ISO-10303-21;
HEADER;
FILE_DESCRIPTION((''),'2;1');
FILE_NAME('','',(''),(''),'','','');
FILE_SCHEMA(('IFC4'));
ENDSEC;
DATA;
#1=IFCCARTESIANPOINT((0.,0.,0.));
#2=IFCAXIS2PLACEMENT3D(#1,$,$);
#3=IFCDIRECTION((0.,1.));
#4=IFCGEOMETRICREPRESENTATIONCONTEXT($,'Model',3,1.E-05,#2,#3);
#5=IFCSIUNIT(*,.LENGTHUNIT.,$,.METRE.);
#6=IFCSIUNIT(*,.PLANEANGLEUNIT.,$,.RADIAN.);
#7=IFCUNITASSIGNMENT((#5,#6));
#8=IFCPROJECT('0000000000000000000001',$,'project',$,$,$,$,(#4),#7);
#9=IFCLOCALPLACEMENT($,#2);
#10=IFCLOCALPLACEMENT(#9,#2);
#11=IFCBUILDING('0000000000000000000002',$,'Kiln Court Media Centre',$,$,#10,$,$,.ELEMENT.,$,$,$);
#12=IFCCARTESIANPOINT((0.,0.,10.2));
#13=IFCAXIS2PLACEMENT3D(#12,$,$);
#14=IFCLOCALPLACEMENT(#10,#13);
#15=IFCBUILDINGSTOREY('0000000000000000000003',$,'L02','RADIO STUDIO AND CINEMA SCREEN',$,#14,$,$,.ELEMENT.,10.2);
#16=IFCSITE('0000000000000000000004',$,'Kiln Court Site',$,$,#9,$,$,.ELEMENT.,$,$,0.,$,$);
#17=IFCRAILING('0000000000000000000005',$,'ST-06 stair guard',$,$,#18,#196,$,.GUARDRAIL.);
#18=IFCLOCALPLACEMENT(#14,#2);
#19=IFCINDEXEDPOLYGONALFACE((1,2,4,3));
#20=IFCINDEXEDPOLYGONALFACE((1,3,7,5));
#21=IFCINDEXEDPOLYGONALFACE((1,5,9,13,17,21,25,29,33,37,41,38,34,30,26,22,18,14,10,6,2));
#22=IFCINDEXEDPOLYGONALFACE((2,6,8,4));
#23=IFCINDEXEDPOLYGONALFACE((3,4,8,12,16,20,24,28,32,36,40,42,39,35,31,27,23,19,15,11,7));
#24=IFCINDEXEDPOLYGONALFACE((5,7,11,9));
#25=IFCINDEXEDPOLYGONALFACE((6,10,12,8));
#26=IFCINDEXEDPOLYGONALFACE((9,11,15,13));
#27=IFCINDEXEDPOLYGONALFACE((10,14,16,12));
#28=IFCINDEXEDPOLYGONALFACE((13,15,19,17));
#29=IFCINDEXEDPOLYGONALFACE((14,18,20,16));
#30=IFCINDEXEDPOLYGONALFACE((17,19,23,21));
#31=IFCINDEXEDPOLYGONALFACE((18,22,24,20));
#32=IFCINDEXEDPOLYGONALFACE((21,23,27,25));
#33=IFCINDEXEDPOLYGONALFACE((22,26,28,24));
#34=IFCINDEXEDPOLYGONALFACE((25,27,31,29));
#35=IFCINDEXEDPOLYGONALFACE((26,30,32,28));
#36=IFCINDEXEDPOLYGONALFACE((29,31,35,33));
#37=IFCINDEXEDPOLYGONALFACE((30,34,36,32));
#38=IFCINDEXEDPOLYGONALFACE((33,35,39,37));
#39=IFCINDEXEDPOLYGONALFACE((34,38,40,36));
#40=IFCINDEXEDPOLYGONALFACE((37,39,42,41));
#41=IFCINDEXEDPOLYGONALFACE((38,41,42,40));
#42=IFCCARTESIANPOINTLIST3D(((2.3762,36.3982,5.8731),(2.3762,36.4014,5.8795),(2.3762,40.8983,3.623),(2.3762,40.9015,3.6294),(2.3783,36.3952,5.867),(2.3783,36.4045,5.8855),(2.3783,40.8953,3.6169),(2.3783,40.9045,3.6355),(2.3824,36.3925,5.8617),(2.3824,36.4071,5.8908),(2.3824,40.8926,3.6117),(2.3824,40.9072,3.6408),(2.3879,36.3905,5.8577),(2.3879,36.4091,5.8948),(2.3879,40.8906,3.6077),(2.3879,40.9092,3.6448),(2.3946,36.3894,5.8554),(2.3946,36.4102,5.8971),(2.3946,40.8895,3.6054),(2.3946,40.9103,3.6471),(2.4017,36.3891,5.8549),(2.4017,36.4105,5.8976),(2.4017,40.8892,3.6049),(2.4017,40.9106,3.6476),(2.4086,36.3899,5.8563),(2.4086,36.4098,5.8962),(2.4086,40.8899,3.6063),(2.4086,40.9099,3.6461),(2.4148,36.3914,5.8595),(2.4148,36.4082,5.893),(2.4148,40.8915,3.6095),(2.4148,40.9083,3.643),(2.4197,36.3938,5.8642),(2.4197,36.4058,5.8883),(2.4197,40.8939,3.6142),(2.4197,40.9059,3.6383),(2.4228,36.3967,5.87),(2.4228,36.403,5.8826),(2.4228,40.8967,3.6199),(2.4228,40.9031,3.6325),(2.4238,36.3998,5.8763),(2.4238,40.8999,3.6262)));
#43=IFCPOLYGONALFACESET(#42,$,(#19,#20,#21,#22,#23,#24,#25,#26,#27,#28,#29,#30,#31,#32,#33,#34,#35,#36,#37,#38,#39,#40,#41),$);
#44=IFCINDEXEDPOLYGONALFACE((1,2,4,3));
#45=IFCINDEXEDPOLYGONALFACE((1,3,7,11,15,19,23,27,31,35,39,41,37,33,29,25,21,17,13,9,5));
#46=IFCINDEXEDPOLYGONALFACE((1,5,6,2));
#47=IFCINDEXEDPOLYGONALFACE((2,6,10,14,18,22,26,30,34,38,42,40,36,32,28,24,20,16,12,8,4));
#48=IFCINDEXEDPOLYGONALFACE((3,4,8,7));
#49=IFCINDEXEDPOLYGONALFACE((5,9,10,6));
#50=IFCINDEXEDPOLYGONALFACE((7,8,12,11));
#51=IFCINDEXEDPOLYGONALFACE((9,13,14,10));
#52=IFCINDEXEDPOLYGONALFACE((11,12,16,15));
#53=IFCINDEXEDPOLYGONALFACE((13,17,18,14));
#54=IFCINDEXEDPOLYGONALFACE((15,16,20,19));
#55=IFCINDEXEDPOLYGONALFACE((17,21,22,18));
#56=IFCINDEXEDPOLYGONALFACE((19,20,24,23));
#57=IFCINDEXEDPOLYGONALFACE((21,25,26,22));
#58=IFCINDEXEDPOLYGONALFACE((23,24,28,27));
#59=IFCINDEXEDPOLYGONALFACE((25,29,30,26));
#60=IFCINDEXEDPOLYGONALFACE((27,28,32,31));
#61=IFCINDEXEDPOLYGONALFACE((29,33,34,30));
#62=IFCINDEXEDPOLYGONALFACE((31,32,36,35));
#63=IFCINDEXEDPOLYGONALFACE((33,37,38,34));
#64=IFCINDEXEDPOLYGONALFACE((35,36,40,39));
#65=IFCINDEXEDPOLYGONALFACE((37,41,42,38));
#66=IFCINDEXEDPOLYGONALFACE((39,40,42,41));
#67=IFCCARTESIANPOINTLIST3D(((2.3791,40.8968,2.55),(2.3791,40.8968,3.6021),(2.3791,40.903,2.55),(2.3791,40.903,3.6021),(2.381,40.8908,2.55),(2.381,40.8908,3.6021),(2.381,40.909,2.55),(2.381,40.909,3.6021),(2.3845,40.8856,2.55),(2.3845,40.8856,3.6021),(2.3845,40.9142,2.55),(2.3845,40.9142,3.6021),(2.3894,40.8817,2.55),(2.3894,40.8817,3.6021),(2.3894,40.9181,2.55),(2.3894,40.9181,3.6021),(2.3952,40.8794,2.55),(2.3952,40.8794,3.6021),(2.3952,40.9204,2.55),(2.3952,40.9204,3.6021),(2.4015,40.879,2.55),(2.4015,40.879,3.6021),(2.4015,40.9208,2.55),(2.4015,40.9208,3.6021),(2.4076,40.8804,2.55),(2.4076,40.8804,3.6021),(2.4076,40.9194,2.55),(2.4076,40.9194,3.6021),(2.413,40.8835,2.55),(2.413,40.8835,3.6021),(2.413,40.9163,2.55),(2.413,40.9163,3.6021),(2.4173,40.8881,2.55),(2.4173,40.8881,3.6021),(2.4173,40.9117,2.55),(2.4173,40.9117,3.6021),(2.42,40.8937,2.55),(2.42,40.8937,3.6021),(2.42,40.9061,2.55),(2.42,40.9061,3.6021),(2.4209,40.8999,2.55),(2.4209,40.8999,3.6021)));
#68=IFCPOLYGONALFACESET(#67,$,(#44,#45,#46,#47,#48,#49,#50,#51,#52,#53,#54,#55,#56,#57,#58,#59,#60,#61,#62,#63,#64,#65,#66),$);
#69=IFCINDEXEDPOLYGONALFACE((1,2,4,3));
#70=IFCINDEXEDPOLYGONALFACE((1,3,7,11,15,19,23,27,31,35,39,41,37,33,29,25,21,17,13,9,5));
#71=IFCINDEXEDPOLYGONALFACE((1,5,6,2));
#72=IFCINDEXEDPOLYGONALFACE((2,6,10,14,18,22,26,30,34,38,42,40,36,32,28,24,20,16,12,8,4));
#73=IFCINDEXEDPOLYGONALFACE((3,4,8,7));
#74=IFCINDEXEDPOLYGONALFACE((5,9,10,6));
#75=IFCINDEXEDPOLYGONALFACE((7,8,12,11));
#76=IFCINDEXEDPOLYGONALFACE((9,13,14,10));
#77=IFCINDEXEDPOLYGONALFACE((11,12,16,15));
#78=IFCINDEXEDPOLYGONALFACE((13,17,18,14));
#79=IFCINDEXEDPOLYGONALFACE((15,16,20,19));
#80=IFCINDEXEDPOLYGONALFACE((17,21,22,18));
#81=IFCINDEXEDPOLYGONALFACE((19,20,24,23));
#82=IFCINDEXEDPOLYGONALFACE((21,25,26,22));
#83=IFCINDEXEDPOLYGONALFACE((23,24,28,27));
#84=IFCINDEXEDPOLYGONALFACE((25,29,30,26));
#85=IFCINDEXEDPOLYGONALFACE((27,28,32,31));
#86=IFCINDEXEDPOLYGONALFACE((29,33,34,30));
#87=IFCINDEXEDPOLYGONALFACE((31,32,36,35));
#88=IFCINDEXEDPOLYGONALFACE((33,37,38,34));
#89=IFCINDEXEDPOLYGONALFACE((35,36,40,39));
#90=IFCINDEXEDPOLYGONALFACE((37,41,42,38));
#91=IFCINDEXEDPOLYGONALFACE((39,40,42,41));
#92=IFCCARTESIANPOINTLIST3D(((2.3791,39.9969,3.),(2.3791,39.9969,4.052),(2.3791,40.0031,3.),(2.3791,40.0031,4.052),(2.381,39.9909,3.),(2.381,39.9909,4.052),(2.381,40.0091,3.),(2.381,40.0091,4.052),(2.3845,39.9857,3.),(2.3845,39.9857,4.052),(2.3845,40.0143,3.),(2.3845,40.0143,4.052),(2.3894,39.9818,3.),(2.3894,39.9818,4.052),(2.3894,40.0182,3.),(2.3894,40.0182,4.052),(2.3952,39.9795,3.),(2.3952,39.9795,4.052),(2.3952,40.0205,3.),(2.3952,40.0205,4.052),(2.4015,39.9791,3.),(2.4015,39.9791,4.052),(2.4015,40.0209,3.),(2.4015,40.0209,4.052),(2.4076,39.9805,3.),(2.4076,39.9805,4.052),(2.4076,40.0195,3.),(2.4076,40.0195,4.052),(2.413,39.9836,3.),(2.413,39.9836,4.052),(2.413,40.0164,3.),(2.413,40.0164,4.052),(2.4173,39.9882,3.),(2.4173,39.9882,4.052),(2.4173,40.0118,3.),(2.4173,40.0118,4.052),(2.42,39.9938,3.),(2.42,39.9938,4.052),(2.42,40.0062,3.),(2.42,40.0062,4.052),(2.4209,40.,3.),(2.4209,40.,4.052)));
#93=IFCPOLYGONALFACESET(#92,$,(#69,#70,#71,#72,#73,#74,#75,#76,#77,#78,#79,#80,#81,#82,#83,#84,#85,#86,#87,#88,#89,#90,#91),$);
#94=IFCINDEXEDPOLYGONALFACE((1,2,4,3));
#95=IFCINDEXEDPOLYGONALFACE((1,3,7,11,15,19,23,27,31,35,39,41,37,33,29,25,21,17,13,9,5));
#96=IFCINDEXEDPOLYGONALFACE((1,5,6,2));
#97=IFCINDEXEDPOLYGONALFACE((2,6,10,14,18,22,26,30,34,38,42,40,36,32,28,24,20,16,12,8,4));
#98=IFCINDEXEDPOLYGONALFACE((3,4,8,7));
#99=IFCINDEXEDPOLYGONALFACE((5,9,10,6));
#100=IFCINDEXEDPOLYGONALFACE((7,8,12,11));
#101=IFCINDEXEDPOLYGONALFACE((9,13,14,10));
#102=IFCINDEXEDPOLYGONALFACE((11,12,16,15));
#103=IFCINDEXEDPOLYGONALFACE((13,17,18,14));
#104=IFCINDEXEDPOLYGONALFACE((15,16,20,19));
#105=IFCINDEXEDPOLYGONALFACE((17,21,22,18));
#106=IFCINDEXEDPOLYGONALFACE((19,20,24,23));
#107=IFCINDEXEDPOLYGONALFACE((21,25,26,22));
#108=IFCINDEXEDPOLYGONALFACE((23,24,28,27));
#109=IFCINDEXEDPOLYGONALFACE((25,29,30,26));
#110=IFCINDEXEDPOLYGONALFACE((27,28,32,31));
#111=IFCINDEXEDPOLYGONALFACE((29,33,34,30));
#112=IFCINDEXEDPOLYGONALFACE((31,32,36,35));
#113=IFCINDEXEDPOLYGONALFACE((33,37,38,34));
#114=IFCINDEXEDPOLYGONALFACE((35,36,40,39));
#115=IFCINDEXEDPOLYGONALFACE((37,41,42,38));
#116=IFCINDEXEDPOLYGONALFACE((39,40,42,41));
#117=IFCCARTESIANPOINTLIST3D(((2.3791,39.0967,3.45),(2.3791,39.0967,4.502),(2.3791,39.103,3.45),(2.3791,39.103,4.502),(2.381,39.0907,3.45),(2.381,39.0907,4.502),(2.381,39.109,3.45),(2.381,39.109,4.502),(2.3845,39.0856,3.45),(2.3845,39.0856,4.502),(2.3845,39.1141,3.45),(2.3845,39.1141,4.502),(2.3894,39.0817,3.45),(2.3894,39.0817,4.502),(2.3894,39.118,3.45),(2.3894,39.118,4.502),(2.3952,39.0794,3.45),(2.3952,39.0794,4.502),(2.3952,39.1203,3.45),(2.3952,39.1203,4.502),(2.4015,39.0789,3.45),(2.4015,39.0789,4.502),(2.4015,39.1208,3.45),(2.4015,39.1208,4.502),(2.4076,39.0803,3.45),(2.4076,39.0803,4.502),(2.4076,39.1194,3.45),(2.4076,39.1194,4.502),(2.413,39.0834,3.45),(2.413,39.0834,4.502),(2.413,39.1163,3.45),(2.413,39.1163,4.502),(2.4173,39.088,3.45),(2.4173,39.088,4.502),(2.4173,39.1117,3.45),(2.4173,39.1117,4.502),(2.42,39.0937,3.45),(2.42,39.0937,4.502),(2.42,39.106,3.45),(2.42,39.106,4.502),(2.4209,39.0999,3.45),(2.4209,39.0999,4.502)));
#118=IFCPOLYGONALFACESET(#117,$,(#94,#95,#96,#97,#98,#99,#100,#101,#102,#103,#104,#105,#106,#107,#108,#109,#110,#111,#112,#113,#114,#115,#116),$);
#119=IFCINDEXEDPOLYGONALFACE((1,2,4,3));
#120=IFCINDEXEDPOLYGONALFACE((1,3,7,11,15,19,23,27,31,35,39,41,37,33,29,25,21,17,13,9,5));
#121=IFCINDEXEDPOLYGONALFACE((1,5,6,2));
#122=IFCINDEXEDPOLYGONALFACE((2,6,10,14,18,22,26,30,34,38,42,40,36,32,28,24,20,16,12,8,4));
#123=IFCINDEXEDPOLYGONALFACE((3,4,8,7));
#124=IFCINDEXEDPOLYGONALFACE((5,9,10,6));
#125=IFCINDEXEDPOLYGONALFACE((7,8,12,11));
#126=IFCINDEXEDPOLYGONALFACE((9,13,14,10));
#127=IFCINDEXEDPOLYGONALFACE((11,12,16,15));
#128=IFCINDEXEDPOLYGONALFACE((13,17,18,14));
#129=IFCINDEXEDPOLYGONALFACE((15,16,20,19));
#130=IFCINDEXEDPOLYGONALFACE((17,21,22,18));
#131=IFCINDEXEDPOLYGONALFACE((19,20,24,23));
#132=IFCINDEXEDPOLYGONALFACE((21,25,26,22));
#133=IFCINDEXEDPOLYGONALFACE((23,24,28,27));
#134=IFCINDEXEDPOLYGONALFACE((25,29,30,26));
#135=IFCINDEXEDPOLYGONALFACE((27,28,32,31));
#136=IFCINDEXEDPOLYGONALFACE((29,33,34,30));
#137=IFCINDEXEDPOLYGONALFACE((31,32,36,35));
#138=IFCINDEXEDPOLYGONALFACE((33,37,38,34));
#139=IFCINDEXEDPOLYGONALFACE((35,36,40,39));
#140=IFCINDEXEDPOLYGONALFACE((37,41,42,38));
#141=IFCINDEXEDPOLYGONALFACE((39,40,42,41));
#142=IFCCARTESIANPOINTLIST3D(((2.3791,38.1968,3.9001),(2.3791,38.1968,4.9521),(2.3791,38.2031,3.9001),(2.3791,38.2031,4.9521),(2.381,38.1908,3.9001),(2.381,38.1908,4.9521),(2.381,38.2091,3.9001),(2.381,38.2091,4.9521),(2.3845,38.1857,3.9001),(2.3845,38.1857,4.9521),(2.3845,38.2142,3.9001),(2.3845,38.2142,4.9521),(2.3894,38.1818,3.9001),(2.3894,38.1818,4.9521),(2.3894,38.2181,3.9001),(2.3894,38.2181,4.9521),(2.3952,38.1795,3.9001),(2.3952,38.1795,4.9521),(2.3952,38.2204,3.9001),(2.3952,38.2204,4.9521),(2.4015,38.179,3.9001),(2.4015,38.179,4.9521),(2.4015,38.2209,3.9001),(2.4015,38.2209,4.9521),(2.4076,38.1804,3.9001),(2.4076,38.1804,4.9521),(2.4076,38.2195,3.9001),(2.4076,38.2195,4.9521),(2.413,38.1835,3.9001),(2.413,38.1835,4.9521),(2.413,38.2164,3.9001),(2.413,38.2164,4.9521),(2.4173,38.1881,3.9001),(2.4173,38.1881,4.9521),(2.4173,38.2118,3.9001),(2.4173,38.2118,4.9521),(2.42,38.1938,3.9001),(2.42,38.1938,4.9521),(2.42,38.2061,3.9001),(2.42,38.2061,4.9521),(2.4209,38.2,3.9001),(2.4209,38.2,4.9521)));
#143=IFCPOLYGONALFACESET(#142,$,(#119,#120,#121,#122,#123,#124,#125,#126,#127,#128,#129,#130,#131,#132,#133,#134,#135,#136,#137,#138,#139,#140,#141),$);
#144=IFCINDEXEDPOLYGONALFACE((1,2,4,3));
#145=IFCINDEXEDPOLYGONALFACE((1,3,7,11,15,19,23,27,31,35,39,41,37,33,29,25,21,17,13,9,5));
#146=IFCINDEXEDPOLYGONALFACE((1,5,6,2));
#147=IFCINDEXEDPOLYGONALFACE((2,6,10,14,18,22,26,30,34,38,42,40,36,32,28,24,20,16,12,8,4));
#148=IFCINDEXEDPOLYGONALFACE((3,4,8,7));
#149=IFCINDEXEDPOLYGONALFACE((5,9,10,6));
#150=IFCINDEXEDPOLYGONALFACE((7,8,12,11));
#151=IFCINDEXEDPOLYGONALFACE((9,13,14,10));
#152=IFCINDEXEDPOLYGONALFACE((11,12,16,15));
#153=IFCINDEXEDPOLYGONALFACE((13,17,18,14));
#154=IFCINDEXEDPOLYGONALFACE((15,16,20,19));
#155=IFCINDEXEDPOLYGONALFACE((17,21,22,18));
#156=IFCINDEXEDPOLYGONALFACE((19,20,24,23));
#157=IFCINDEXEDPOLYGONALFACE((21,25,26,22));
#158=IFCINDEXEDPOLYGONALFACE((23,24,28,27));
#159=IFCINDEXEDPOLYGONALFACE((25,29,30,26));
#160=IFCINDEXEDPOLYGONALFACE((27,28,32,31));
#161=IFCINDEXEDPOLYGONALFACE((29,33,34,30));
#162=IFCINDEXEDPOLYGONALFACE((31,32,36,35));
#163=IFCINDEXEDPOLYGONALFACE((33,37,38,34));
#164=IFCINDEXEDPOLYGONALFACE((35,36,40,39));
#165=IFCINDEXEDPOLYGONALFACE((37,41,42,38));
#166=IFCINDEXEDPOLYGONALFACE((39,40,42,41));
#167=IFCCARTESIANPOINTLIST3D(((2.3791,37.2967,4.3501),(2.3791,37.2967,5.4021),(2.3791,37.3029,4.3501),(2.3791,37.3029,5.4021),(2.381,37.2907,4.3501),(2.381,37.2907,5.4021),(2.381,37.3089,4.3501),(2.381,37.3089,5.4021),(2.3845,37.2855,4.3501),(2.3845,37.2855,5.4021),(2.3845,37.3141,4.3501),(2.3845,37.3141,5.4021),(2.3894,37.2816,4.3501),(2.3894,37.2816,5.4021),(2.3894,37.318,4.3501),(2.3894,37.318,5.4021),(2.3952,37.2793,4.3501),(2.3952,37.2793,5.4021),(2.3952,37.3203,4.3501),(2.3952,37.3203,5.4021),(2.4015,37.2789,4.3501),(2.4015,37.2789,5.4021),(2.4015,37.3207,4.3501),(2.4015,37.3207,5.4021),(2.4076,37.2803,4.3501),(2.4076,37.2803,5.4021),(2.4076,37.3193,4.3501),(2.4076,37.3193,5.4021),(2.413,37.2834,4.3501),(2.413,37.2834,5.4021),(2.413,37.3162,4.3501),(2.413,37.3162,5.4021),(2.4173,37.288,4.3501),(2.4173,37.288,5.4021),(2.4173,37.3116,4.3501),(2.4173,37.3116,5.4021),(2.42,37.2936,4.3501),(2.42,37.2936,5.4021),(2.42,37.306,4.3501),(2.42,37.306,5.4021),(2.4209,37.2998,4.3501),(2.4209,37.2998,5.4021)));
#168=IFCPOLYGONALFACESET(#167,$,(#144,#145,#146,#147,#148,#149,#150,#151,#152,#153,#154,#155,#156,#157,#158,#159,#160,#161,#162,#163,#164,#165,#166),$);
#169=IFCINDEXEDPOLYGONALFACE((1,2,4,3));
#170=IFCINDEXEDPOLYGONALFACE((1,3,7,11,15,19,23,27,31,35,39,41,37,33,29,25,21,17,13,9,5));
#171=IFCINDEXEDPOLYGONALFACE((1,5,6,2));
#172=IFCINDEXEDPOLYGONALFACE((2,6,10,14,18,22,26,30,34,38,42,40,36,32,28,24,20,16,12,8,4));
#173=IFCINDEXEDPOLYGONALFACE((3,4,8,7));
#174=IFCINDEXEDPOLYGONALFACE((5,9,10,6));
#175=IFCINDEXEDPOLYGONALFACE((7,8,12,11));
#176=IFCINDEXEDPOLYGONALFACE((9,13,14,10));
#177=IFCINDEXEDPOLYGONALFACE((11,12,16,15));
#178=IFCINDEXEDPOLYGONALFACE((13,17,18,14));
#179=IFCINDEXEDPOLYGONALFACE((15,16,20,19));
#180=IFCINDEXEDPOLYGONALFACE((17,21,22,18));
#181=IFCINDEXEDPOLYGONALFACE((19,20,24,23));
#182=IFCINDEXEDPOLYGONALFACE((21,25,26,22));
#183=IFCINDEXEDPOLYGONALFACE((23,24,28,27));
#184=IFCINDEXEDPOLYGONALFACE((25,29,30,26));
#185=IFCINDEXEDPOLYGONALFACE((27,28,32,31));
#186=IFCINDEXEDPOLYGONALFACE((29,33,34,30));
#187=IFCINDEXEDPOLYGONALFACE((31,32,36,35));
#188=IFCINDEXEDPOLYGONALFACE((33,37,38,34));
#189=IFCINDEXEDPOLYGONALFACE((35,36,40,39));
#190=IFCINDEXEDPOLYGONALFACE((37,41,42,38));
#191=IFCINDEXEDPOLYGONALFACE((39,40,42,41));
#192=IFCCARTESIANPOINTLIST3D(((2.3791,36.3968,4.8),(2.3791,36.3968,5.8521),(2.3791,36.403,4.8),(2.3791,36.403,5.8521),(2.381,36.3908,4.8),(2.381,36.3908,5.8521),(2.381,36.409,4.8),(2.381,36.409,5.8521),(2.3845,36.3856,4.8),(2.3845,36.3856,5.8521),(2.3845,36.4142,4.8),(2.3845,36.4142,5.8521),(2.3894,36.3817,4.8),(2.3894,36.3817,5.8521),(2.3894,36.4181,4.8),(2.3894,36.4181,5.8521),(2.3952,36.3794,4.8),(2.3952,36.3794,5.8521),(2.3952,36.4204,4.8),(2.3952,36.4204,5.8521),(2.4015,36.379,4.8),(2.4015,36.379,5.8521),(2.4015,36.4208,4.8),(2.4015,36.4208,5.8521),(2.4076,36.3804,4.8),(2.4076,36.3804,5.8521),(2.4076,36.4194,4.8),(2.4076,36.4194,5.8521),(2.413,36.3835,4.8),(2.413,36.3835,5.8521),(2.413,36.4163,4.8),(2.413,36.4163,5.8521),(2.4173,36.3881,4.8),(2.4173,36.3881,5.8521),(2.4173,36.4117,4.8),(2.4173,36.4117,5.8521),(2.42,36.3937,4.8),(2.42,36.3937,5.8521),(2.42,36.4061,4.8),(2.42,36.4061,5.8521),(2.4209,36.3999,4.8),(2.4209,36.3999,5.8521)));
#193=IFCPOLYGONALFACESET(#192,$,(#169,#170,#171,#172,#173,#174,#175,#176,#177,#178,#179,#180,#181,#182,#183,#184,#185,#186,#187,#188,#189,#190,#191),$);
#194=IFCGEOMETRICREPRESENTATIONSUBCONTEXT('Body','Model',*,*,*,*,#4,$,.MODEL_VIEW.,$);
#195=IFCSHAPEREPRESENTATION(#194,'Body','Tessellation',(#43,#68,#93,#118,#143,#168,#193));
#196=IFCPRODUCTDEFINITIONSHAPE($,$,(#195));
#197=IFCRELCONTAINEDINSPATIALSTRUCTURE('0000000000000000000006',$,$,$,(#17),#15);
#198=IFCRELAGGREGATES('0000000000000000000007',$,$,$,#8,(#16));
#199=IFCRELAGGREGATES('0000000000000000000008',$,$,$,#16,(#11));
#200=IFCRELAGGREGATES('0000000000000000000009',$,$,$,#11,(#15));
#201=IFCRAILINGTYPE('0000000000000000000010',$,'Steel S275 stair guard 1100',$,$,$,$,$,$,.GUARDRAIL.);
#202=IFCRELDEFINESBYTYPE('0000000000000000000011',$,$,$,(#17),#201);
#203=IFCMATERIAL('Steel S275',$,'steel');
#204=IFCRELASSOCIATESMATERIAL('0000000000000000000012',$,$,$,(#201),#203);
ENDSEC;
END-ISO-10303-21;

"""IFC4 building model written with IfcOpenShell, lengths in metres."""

from ifc_helpers import new_model, si_unit, direction, frame, origin, origin_2d, place, context, subcontext, project, spatial, circle, extrude, material, type_object, element, save


model = new_model("IFC4")

# Units and contexts
model_context = context("Model", 3, precision=1e-05, world=origin(), true_north=direction((0.0, 1.0)))
body_context = subcontext(model_context, "Body", "Model", "MODEL_VIEW")
ifc_project = project(units=[si_unit("LENGTHUNIT", "METRE"), si_unit("PLANEANGLEUNIT", "RADIAN")], contexts=[model_context])

# Site, building, storey
site_placement = place(None, origin())
site = spatial("IfcSite", under=ifc_project, at=site_placement, Name="Kiln Court Site", CompositionType="ELEMENT", RefElevation=0.0)
building_placement = place(site_placement, origin())
building = spatial("IfcBuilding", under=site, at=building_placement, Name="Kiln Court Media Centre", CompositionType="ELEMENT")
storey_placement = place(building_placement, frame((0.0, 0.0, 10.2)))
storey = spatial("IfcBuildingStorey", under=building, at=storey_placement, Name="L02", Description="RADIO STUDIO AND CINEMA SCREEN", CompositionType="ELEMENT", Elevation=10.2)

# Railing
ifc_material_1 = material(Name="Steel S275", Category="steel")
railing_type_1 = type_object("IfcRailingType", Name="Steel S275 stair guard 1100", PredefinedType="GUARDRAIL", material=ifc_material_1)
railing_1_placement = place(storey_placement, frame((2.3999, 40.8999, 2.55)))
element("IfcRailing", 1, at=railing_1_placement, inside=storey, type_object=railing_type_1, Name="ST-06 stair guard", PredefinedType="GUARDRAIL", context=body_context, shape_type="SweptSolid", body=[
    extrude(circle(Radius=0.0239, at=origin_2d()), frame((0.0, 0.0, 1.0762), z_axis=(0.0, -0.894427, 0.447214), x_axis=(1.0, 0.0, 0.0)), (0.0, 0.0, 1.0), 5.0312),
    extrude(circle(Radius=0.021, at=origin_2d()), origin(), (0.0, 0.0, 1.0), 1.052),
    extrude(circle(Radius=0.021, at=origin_2d()), frame((0.0, -0.8999, 0.45)), (0.0, 0.0, 1.0), 1.052),
    extrude(circle(Radius=0.021, at=origin_2d()), frame((0.0, -1.8, 0.8999)), (0.0, 0.0, 1.0), 1.052),
    extrude(circle(Radius=0.021, at=origin_2d()), frame((0.0, -2.7, 1.3501)), (0.0, 0.0, 1.0), 1.052),
    extrude(circle(Radius=0.021, at=origin_2d()), frame((0.0, -3.6001, 1.8)), (0.0, 0.0, 1.0), 1.052),
    extrude(circle(Radius=0.021, at=origin_2d()), frame((0.0, -4.5, 2.25)), (0.0, 0.0, 1.0), 1.052),
])

save(model, "model.ifc")
